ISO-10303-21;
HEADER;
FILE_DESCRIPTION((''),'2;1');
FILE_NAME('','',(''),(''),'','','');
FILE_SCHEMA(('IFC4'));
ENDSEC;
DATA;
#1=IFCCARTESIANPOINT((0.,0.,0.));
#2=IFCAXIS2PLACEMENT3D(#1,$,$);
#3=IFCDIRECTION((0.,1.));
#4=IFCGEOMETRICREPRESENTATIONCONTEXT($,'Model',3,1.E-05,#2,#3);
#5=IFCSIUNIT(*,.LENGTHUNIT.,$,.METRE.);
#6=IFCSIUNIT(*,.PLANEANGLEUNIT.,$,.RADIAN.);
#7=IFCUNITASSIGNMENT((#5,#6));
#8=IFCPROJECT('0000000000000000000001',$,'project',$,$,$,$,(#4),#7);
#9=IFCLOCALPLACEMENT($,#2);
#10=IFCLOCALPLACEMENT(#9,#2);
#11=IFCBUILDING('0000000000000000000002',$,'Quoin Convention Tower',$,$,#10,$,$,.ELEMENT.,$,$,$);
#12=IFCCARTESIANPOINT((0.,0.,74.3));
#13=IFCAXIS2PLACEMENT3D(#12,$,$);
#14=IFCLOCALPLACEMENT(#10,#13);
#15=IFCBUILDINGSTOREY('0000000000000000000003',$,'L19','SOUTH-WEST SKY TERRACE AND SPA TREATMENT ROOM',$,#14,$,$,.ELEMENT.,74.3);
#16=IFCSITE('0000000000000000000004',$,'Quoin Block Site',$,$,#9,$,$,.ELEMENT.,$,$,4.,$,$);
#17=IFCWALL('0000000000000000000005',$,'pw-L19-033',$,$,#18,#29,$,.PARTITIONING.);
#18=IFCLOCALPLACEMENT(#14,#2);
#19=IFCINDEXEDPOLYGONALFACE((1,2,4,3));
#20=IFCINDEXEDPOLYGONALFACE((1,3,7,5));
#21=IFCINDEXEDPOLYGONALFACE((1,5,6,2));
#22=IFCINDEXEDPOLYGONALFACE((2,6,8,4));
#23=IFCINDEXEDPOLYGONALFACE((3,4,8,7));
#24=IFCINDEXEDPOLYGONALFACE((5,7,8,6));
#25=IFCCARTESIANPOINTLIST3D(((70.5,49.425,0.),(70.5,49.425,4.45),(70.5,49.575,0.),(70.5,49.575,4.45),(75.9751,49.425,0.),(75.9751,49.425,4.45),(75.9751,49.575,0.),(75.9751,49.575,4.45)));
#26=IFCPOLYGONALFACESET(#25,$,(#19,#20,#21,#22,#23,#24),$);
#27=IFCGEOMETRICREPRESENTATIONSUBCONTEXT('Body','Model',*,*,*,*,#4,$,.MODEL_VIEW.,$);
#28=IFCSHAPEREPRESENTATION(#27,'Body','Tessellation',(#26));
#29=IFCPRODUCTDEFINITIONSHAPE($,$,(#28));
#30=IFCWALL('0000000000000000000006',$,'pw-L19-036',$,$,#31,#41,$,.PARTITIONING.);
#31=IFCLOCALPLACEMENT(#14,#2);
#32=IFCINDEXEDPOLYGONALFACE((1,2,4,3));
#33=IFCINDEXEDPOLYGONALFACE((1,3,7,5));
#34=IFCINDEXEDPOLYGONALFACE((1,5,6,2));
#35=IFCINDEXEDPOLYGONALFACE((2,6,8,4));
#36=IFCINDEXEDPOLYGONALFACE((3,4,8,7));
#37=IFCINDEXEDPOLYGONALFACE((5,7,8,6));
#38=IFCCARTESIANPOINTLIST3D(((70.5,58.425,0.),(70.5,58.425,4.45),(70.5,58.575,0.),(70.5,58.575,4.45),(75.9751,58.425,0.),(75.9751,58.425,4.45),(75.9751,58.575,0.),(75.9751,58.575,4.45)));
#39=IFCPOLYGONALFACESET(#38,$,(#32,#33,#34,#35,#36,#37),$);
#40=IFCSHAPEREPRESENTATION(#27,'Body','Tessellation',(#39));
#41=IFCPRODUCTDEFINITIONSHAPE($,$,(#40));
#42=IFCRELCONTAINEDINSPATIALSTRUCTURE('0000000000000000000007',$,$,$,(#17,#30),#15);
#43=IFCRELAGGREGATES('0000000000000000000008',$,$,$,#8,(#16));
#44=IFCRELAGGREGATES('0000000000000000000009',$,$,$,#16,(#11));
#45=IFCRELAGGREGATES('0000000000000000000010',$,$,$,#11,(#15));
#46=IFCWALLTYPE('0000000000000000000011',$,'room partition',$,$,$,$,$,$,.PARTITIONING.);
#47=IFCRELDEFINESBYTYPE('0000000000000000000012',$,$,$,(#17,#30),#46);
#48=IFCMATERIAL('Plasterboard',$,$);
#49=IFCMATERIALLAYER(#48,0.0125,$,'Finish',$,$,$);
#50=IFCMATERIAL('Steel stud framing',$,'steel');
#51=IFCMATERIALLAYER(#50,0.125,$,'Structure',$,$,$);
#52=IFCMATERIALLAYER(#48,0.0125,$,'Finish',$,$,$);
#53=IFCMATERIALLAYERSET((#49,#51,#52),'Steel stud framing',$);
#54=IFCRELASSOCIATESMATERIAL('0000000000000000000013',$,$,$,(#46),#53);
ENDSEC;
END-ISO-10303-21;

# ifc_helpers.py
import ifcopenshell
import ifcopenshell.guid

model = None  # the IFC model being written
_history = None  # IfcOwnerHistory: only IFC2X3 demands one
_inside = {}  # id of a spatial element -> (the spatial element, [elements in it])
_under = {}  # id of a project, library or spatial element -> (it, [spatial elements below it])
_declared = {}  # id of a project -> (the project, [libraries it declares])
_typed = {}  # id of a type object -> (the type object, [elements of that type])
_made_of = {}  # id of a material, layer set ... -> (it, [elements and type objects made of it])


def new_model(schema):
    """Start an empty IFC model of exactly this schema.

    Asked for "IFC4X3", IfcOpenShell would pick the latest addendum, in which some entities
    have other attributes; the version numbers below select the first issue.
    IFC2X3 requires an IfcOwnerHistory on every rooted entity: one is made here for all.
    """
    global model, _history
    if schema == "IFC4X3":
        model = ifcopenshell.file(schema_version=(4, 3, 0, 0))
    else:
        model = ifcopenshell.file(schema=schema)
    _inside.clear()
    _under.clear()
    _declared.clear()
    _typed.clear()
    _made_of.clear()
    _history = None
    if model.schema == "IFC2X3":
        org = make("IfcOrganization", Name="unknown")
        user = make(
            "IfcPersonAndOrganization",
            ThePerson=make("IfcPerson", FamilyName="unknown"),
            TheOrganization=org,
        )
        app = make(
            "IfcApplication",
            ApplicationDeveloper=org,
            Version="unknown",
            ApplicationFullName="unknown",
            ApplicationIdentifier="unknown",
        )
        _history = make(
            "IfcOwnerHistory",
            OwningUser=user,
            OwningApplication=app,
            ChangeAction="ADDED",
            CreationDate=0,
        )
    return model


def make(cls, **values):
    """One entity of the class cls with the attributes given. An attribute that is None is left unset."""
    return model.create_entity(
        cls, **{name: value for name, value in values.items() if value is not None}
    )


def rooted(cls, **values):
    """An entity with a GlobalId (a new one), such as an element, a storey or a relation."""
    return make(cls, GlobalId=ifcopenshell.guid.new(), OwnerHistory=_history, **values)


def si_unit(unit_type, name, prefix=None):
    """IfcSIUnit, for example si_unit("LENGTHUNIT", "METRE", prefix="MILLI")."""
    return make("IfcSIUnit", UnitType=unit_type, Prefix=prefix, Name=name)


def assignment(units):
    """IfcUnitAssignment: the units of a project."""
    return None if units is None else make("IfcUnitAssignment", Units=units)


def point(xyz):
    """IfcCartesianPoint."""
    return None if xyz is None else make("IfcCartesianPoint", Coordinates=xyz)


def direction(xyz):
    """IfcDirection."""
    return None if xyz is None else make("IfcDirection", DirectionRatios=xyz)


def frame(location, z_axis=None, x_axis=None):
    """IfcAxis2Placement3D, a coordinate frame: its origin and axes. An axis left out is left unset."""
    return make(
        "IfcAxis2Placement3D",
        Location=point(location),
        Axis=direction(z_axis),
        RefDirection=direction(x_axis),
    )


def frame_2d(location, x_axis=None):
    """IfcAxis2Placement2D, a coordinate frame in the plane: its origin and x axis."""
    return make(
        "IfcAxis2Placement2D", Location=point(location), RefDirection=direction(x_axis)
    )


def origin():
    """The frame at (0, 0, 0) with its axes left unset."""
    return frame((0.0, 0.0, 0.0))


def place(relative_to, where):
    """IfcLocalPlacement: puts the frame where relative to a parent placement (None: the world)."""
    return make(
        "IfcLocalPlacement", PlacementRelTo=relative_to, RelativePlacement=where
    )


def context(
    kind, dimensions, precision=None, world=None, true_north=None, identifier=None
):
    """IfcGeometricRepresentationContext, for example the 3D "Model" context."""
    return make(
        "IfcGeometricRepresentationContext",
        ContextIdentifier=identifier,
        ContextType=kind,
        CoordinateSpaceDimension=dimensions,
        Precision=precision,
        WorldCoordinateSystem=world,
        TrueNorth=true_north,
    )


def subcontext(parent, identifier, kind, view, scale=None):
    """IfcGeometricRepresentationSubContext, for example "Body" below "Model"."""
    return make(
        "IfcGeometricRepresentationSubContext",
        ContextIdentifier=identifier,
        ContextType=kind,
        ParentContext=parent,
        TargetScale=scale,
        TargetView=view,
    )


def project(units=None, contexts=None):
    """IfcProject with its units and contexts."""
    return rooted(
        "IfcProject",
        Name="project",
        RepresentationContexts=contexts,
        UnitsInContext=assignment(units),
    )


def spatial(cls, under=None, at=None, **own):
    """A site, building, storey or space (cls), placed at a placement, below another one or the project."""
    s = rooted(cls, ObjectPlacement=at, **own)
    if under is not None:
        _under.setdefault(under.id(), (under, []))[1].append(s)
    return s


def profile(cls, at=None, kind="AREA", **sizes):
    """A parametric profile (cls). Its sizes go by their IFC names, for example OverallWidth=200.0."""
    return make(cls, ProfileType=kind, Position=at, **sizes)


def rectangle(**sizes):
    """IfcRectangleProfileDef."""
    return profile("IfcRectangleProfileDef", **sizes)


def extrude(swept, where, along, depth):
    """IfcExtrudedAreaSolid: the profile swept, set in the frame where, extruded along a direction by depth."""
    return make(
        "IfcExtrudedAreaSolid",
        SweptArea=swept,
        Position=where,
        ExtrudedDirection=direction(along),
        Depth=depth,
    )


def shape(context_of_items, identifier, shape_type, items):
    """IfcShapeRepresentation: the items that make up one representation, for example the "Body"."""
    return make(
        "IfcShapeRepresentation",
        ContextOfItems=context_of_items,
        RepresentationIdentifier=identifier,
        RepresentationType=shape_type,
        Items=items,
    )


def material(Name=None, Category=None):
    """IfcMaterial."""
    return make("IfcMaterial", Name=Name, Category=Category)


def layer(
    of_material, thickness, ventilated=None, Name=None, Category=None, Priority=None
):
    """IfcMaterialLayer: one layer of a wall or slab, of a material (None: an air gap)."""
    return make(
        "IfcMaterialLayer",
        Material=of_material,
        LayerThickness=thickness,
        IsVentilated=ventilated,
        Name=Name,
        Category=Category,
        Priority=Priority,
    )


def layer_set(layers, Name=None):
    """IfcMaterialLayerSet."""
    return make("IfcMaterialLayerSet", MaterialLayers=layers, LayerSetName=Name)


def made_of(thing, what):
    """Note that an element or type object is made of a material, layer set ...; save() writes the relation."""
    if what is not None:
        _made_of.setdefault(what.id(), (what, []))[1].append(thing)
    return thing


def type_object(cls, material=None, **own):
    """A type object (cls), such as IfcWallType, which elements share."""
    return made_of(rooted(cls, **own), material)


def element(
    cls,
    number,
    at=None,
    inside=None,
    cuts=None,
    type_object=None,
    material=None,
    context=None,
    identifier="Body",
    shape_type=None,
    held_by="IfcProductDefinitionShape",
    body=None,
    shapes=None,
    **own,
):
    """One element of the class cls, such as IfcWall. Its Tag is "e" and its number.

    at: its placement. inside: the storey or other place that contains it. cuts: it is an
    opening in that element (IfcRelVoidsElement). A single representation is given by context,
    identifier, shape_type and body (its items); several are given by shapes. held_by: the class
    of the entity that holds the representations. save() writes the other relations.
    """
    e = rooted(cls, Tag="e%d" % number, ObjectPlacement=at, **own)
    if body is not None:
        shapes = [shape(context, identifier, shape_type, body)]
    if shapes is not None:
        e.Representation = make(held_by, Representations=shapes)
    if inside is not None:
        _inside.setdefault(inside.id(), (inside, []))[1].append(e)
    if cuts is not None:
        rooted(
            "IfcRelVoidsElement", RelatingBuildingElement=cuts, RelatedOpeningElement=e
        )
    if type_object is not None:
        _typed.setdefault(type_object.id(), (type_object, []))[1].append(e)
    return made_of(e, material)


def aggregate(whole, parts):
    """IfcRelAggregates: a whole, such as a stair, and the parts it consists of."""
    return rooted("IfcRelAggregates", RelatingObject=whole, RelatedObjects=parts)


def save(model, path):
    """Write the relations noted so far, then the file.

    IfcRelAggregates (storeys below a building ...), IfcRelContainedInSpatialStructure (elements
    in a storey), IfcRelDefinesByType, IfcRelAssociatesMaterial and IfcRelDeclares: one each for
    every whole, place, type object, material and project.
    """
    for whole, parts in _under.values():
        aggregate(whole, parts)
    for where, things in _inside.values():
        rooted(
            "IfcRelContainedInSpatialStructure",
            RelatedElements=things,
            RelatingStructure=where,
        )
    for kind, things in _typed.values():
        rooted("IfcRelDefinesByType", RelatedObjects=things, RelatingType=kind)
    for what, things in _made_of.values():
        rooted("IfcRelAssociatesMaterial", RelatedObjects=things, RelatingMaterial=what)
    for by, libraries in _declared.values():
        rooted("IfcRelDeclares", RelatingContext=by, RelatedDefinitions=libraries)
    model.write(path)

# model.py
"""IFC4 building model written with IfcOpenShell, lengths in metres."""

from ifc_helpers import new_model, si_unit, direction, frame, frame_2d, origin, place, context, subcontext, project, spatial, rectangle, extrude, material, layer, layer_set, type_object, element, save


model = new_model("IFC4")

# Units and contexts
model_context = context("Model", 3, precision=1e-05, world=origin(), true_north=direction((0.0, 1.0)))
body_context = subcontext(model_context, "Body", "Model", "MODEL_VIEW")
ifc_project = project(units=[si_unit("LENGTHUNIT", "METRE"), si_unit("PLANEANGLEUNIT", "RADIAN")], contexts=[model_context])

# Site, building, storey
site_placement = place(None, origin())
site = spatial("IfcSite", under=ifc_project, at=site_placement, Name="Quoin Block Site", CompositionType="ELEMENT", RefElevation=4.0)
building_placement = place(site_placement, origin())
building = spatial("IfcBuilding", under=site, at=building_placement, Name="Quoin Convention Tower", CompositionType="ELEMENT")
storey_placement = place(building_placement, frame((0.0, 0.0, 74.3)))
storey = spatial("IfcBuildingStorey", under=building, at=storey_placement, Name="L19", Description="SOUTH-WEST SKY TERRACE AND SPA TREATMENT ROOM", CompositionType="ELEMENT", Elevation=74.3)

# Shared definitions
ifc_material_1 = material(Name="Plasterboard")
ifc_material_2 = material(Name="Steel stud framing", Category="steel")

# Walls
ifc_layer_1 = layer(ifc_material_1, 0.0125, Name="Finish")
ifc_layer_2 = layer(ifc_material_2, 0.125, Name="Structure")
ifc_layer_3 = layer(ifc_material_1, 0.0125, Name="Finish")
ifc_layer_set_1 = layer_set([ifc_layer_1, ifc_layer_2, ifc_layer_3], Name="Steel stud framing")
wall_type_1 = type_object("IfcWallType", Name="room partition", PredefinedType="PARTITIONING", material=ifc_layer_set_1)
for number, where, z_axis, x_axis, name in (
    (1, (70.5, 49.5, 0.0), (0.0, 0.0, 1.0), (1.0, 0.0, 0.0), "pw-L19-033"),
    (2, (70.5, 58.5, 0.0), (0.0, 0.0, 1.0), (1.0, 0.0, 0.0), "pw-L19-036"),
):
    element("IfcWall", number, at=place(storey_placement, frame(where, z_axis=z_axis, x_axis=x_axis)), inside=storey, type_object=wall_type_1, Name=name, PredefinedType="PARTITIONING", context=body_context, shape_type="SweptSolid", body=[
        extrude(rectangle(XDim=5.4751, YDim=0.1499, at=frame_2d((2.7375, 0.0))), origin(), (0.0, 0.0, 1.0), 4.45),
    ])

save(model, "model.ifc")
